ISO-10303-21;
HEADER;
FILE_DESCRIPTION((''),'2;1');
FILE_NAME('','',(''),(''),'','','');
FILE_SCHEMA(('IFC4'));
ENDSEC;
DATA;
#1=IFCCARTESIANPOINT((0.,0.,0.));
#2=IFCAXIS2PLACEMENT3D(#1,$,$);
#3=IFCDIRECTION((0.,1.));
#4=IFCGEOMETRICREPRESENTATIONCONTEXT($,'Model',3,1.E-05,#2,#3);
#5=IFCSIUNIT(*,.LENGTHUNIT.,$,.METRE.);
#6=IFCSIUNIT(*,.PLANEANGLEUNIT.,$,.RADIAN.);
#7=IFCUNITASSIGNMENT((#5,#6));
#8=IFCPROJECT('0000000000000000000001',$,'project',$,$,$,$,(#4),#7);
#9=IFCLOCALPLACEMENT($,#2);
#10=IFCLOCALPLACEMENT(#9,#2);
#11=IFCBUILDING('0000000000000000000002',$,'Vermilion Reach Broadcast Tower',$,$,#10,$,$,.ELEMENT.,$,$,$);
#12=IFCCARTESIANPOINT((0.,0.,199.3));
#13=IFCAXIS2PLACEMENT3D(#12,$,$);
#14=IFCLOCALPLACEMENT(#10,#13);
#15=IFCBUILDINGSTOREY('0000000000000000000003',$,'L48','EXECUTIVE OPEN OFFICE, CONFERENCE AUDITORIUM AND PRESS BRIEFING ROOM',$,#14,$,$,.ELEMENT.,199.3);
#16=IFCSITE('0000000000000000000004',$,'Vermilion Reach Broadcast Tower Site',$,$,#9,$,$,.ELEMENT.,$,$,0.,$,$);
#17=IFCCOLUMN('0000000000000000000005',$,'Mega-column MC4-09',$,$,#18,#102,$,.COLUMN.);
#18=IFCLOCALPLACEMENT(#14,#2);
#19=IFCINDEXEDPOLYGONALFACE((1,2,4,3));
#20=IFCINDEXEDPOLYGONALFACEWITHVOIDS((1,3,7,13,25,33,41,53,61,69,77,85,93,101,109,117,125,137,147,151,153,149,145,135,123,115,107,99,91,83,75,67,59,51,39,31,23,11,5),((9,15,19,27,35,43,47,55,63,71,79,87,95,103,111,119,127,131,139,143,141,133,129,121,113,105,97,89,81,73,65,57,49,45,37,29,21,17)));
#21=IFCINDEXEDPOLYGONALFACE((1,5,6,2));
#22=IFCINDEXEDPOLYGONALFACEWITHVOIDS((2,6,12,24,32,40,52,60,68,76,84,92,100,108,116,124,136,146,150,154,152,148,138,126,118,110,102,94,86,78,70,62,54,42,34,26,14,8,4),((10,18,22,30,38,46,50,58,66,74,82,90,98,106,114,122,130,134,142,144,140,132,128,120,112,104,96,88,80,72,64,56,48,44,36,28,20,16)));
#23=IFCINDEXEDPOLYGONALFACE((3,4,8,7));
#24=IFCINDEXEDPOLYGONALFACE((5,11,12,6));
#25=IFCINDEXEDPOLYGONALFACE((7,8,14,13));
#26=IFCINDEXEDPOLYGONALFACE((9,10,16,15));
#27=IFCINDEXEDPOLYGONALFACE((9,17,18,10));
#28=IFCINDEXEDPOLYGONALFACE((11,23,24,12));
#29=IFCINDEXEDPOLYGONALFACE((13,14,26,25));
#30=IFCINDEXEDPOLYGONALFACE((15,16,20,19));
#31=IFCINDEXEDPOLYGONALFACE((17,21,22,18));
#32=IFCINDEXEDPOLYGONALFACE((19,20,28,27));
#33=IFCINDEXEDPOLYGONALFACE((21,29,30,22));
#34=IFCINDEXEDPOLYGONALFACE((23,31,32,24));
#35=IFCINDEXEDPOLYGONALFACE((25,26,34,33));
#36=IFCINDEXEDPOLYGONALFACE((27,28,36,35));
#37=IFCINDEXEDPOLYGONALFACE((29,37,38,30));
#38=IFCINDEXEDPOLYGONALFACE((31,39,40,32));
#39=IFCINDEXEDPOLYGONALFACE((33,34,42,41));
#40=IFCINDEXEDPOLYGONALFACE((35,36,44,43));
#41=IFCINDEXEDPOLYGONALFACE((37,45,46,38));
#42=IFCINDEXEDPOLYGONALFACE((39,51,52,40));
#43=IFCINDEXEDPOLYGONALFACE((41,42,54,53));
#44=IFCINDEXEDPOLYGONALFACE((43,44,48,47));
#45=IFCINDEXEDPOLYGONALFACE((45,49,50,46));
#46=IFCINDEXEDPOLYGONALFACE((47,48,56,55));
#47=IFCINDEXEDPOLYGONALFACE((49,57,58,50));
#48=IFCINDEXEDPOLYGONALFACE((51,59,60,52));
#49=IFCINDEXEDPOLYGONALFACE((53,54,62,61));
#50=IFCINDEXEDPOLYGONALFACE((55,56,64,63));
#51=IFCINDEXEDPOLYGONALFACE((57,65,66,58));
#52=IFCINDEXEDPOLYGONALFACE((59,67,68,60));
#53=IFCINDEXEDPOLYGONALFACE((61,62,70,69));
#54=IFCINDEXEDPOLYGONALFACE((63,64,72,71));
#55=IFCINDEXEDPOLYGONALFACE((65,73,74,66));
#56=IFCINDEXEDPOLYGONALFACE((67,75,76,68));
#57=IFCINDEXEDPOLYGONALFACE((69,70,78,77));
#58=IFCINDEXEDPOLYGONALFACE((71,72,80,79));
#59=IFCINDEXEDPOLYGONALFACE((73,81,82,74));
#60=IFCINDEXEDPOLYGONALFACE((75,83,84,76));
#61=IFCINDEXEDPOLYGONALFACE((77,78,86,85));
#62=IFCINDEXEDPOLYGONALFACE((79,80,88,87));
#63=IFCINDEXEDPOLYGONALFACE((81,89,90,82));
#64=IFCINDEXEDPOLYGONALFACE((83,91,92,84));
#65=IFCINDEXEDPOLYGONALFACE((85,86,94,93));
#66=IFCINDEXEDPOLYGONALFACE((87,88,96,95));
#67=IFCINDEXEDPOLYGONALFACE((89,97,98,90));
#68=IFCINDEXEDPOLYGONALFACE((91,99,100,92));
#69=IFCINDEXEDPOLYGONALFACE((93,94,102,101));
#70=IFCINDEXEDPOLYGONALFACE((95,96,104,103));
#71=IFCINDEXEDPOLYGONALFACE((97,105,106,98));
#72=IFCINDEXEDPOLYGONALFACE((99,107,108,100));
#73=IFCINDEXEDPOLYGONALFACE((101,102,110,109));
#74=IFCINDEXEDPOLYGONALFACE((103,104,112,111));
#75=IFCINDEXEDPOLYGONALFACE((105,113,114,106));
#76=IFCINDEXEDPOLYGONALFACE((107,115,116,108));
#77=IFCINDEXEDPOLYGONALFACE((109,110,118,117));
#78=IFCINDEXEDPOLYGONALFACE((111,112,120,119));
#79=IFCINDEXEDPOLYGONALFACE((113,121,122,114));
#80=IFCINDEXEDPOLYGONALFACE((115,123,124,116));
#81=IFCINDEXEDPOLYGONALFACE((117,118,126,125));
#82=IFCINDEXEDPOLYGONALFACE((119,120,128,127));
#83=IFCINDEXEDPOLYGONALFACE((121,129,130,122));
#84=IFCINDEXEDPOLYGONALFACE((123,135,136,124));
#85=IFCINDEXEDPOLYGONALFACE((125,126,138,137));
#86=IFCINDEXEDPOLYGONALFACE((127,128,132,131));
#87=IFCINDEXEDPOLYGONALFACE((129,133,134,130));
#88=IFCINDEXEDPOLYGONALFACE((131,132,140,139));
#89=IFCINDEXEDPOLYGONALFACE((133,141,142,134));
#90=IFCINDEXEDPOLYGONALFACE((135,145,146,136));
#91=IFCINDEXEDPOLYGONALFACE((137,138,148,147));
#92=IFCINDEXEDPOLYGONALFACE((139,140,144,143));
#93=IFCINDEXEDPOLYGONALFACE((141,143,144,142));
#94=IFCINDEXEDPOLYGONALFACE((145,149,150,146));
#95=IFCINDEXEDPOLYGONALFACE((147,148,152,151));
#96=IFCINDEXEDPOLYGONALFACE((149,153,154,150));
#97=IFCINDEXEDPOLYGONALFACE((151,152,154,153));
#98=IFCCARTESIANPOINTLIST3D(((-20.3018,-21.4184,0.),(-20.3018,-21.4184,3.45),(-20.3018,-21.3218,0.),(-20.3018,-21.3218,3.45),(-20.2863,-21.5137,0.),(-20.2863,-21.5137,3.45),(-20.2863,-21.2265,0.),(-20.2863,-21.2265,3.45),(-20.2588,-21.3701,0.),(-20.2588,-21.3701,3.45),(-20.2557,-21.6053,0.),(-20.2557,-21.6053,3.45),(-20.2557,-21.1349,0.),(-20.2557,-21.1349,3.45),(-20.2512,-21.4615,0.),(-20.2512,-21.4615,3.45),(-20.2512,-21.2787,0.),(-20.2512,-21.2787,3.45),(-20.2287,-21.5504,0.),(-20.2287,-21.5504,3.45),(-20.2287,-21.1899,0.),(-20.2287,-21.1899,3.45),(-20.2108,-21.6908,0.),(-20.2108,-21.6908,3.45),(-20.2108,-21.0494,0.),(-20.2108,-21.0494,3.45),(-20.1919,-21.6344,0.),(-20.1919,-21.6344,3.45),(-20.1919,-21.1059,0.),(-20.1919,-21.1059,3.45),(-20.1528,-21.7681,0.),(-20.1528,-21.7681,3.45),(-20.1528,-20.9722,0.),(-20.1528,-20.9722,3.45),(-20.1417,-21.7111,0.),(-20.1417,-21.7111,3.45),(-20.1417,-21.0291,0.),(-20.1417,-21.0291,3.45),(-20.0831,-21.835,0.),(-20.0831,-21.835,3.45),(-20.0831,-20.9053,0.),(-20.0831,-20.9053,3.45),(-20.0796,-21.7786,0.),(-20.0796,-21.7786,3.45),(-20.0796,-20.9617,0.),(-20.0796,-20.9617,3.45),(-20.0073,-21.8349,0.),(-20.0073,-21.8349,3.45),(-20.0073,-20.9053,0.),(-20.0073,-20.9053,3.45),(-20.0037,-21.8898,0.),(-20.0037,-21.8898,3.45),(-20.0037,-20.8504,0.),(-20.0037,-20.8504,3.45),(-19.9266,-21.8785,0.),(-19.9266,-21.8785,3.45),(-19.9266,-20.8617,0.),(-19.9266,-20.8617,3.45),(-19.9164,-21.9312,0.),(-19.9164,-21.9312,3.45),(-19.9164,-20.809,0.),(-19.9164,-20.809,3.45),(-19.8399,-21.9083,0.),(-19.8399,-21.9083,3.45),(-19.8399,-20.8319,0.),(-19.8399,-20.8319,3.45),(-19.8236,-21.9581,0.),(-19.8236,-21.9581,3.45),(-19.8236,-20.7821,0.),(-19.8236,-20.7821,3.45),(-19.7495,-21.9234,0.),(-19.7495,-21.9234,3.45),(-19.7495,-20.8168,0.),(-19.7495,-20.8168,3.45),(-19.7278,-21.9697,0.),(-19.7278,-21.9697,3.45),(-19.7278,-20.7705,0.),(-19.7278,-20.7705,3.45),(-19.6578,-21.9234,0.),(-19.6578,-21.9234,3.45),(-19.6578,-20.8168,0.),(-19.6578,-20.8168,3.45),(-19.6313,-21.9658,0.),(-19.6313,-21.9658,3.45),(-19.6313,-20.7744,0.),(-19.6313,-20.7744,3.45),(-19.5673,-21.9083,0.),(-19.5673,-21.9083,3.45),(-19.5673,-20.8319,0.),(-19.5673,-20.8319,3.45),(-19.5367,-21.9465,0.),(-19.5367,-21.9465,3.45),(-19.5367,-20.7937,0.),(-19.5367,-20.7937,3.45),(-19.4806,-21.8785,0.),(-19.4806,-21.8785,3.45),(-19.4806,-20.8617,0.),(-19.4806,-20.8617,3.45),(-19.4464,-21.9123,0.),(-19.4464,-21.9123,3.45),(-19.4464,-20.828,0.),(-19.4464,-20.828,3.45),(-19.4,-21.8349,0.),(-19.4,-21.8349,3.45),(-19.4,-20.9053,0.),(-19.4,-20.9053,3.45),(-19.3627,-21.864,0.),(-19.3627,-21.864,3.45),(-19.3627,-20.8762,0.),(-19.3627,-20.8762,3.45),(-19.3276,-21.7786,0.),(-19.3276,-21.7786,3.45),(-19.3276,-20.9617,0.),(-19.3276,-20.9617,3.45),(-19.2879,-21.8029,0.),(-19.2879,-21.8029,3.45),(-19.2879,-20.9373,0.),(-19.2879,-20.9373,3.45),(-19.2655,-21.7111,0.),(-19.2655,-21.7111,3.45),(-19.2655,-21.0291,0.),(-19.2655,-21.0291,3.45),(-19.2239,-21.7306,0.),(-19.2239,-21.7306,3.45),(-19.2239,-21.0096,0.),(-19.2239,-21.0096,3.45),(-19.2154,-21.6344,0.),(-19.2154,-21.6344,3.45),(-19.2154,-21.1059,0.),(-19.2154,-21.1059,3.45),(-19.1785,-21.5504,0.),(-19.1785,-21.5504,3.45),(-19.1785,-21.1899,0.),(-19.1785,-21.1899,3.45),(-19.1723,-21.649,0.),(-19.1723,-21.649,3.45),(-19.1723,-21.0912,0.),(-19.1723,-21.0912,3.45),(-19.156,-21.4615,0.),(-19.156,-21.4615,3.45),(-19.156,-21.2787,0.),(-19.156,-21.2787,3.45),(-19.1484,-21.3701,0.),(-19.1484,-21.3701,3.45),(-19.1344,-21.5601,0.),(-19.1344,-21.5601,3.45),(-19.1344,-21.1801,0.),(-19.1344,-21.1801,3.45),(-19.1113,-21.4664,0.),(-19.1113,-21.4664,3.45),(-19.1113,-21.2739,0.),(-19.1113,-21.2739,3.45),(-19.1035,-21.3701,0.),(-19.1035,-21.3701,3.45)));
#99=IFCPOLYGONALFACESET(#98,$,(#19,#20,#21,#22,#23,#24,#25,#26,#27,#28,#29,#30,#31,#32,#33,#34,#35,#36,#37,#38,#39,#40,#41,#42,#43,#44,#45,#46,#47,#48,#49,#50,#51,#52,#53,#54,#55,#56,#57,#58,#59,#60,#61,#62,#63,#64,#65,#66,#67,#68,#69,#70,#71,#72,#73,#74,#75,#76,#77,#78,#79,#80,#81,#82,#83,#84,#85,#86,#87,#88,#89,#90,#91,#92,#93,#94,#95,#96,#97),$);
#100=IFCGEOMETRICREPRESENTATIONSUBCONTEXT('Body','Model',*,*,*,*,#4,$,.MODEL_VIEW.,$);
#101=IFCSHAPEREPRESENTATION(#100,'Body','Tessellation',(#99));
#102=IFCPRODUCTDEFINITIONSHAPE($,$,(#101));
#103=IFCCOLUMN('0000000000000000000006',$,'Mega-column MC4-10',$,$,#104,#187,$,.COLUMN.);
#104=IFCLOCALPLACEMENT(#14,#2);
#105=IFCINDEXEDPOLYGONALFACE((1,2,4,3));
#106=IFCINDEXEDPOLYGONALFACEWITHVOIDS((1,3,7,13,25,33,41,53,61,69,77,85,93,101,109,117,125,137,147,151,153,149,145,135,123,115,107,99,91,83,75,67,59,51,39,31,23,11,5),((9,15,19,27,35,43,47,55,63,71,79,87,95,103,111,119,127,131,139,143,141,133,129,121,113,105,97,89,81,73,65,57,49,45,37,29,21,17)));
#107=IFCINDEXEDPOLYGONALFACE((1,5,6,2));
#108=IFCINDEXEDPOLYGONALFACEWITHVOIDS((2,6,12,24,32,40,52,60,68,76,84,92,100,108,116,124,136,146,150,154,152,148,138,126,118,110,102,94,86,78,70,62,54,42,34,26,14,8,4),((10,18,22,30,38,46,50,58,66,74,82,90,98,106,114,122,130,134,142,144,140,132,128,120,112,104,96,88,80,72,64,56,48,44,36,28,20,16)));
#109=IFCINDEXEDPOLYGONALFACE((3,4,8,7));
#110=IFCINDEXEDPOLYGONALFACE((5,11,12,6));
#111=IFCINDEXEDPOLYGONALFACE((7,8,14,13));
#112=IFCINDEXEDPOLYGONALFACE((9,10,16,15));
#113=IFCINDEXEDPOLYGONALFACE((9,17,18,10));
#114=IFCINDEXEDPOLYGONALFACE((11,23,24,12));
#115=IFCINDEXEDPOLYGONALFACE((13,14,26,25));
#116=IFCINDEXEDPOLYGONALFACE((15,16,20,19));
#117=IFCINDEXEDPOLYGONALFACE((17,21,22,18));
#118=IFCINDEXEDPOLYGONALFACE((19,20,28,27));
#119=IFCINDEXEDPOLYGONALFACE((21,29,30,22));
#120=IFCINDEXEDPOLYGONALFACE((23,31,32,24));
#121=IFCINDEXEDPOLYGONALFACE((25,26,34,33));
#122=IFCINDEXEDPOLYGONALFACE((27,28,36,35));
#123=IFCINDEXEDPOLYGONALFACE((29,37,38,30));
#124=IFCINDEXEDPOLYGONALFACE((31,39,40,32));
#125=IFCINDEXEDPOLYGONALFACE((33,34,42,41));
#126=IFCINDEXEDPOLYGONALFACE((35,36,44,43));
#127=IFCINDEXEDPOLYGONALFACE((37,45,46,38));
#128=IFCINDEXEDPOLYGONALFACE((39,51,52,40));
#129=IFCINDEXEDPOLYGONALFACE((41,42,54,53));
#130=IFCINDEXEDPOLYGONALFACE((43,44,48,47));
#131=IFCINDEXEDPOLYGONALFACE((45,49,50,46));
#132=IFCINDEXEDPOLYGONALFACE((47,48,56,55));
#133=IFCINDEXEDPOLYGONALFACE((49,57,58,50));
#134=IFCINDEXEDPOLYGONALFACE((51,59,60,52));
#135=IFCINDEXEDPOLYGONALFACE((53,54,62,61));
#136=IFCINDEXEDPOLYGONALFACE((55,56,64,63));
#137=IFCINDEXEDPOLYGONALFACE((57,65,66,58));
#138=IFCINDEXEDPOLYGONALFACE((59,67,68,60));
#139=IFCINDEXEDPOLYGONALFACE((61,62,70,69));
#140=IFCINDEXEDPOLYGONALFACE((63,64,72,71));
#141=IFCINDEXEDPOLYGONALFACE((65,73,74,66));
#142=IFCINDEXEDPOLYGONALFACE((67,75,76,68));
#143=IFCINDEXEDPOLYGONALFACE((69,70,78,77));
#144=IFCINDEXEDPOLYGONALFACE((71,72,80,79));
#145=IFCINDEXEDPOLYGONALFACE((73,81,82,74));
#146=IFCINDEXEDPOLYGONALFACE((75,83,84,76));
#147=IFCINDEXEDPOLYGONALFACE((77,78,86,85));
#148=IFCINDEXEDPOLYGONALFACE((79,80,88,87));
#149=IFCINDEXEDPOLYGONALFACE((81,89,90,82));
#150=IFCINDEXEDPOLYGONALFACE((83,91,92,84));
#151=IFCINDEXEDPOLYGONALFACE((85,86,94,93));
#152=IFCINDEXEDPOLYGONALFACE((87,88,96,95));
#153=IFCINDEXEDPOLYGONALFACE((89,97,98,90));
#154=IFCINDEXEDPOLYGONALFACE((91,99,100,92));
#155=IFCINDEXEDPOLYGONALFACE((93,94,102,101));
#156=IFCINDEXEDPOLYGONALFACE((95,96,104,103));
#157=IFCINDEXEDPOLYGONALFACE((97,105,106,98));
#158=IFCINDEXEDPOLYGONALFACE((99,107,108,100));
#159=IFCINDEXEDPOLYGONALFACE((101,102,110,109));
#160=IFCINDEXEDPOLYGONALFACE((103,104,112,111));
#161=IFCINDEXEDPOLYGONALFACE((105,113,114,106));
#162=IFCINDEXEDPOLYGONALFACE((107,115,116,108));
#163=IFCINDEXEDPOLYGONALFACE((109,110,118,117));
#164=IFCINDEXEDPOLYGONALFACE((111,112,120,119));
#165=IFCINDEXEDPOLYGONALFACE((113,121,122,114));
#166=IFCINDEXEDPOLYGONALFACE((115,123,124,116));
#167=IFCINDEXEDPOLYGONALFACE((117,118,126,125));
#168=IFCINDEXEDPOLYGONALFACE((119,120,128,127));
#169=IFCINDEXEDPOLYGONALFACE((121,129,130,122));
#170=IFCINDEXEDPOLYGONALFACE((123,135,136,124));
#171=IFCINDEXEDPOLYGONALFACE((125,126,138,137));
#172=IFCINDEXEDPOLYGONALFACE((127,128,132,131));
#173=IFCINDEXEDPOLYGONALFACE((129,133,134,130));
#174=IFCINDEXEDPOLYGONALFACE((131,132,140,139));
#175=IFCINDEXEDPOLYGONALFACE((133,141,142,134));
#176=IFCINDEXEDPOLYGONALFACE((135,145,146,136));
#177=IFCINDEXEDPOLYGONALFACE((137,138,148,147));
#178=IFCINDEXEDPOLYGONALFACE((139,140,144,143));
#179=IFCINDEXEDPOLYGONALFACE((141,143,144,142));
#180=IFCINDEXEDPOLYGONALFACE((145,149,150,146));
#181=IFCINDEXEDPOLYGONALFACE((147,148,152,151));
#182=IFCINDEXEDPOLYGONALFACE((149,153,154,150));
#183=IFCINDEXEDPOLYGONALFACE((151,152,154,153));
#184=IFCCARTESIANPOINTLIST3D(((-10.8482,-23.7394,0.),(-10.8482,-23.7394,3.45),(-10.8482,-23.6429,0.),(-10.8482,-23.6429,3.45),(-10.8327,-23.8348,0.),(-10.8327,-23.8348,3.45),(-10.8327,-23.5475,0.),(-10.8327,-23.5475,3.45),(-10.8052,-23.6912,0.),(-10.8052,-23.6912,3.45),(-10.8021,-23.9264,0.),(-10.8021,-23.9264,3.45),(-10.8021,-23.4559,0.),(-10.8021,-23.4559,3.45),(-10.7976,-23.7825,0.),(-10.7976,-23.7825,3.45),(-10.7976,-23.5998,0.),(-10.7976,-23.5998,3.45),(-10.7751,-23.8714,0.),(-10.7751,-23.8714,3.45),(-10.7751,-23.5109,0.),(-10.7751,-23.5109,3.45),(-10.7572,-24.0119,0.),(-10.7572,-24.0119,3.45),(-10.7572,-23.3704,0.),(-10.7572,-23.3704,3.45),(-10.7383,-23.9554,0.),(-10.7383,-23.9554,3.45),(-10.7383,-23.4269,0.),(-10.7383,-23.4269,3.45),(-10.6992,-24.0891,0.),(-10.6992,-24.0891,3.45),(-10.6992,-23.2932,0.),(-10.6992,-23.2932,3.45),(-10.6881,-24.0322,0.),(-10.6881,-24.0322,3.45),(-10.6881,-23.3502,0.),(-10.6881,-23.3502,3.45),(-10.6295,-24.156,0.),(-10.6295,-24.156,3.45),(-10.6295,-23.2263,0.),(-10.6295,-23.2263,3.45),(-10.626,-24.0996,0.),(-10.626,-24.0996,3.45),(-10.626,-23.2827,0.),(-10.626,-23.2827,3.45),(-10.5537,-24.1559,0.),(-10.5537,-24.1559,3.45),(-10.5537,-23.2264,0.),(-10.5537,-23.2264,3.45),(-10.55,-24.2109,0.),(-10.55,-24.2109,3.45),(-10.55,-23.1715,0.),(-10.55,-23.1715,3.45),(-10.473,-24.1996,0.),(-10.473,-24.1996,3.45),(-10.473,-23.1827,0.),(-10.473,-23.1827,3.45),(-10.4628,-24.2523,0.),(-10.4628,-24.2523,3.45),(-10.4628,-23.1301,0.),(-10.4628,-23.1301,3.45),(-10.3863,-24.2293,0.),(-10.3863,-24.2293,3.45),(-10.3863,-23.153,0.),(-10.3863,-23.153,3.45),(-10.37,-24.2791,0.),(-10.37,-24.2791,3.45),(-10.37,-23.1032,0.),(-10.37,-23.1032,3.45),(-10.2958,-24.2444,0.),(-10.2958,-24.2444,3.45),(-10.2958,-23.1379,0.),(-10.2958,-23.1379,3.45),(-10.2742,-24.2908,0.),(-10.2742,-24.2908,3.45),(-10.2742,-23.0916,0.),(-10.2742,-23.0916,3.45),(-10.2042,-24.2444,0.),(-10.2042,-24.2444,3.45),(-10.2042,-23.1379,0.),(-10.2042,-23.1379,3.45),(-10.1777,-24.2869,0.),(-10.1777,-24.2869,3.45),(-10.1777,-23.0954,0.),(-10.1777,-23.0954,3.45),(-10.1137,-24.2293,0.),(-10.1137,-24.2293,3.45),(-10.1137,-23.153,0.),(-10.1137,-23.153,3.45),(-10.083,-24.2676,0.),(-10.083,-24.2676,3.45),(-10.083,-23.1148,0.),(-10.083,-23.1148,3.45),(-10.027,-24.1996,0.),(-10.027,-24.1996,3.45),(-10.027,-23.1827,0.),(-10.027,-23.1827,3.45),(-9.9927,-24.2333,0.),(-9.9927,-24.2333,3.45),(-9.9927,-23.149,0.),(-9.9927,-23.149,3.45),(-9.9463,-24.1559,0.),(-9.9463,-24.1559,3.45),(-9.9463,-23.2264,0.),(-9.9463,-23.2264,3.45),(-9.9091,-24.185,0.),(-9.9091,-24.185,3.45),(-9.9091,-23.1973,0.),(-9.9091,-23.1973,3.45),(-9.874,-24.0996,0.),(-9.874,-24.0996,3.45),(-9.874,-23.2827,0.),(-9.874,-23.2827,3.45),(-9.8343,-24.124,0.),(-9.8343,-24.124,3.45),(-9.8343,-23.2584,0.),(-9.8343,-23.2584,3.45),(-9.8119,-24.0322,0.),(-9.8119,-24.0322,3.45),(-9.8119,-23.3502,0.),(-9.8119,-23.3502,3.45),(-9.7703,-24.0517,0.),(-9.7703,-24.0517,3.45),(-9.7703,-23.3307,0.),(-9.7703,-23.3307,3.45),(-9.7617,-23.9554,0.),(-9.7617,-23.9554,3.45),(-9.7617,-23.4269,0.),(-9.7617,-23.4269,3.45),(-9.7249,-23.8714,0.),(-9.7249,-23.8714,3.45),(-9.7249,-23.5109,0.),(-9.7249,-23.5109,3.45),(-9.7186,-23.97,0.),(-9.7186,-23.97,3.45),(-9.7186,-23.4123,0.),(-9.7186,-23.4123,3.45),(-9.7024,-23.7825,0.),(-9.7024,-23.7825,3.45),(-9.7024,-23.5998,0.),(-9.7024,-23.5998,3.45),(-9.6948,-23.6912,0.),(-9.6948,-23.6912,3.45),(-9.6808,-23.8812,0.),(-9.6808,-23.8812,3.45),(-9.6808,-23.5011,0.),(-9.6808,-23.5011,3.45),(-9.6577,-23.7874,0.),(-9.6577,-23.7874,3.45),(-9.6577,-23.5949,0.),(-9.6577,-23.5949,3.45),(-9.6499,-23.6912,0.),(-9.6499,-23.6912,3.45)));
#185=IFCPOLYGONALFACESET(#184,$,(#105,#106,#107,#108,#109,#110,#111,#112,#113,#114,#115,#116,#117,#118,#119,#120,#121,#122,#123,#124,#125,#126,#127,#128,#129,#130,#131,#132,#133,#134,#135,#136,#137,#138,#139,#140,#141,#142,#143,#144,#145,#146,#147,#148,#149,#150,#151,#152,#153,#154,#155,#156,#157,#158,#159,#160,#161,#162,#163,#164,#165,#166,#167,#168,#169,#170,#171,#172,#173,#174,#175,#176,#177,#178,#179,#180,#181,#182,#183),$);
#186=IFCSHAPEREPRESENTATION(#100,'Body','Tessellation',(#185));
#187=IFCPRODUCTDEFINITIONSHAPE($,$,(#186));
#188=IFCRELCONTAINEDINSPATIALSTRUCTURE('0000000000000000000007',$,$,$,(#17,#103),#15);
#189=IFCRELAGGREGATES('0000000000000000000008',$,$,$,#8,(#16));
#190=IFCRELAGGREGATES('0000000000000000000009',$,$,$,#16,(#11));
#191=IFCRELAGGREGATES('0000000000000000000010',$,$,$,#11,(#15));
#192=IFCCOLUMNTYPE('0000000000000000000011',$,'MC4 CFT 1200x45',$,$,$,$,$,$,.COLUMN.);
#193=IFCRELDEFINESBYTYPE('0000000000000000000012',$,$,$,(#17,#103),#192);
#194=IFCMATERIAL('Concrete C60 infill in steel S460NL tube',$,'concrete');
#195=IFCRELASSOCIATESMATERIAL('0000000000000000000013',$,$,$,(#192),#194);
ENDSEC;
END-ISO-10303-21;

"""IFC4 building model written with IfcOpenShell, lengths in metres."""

from ifc_helpers import new_model, si_unit, direction, frame, origin, origin_2d, place, context, subcontext, project, spatial, hollow_circle, extrude, material, material_profile, profile_set, type_object, element, save


model = new_model("IFC4")

# Units and contexts
model_context = context("Model", 3, precision=1e-05, world=origin(), true_north=direction((0.0, 1.0)))
body_context = subcontext(model_context, "Body", "Model", "MODEL_VIEW")
ifc_project = project(units=[si_unit("LENGTHUNIT", "METRE"), si_unit("PLANEANGLEUNIT", "RADIAN")], contexts=[model_context])

# Site, building, storey
site_placement = place(None, origin())
site = spatial("IfcSite", under=ifc_project, at=site_placement, Name="Vermilion Reach Broadcast Tower Site", CompositionType="ELEMENT", RefElevation=0.0)
building_placement = place(site_placement, origin())
building = spatial("IfcBuilding", under=site, at=building_placement, Name="Vermilion Reach Broadcast Tower", CompositionType="ELEMENT")
storey_placement = place(building_placement, frame((0.0, 0.0, 199.3)))
storey = spatial("IfcBuildingStorey", under=building, at=storey_placement, Name="L48", Description="EXECUTIVE OPEN OFFICE, CONFERENCE AUDITORIUM AND PRESS BRIEFING ROOM", CompositionType="ELEMENT", Elevation=199.3)

# Columns
ifc_material_1 = material(Name="Concrete C60 infill in steel S460NL tube", Category="concrete")
ifc_material_profile_1 = material_profile(ifc_material_1, hollow_circle(Radius=0.6001, WallThickness=0.0449, at=origin_2d()), Name="Concrete C60 infill in steel S460NL tube CFT 1200x45")
ifc_profile_set_1 = profile_set([ifc_material_profile_1], Name="Concrete C60 infill in steel S460NL tube")
column_type = type_object("IfcColumnType", Name="MC4 CFT 1200x45", PredefinedType="COLUMN", material=ifc_profile_set_1)
for number, where, z_axis, x_axis, name in (
    (1, (-19.7036, -21.3701, 0.0), (0.0, 0.0, 1.0), (1.0, 0.0, 0.0), "Mega-column MC4-09"),
    (2, (-10.25, -23.6912, 0.0), (0.0, 0.0, 1.0), (1.0, 0.0, 0.0), "Mega-column MC4-10"),
):
    element("IfcColumn", number, at=place(storey_placement, frame(where, z_axis=z_axis, x_axis=x_axis)), inside=storey, type_object=column_type, Name=name, PredefinedType="COLUMN", context=body_context, shape_type="SweptSolid", body=[
        extrude(hollow_circle(Radius=0.6001, WallThickness=0.0449, at=origin_2d()), origin(), (0.0, 0.0, 1.0), 3.45),
    ])

save(model, "model.ifc")
